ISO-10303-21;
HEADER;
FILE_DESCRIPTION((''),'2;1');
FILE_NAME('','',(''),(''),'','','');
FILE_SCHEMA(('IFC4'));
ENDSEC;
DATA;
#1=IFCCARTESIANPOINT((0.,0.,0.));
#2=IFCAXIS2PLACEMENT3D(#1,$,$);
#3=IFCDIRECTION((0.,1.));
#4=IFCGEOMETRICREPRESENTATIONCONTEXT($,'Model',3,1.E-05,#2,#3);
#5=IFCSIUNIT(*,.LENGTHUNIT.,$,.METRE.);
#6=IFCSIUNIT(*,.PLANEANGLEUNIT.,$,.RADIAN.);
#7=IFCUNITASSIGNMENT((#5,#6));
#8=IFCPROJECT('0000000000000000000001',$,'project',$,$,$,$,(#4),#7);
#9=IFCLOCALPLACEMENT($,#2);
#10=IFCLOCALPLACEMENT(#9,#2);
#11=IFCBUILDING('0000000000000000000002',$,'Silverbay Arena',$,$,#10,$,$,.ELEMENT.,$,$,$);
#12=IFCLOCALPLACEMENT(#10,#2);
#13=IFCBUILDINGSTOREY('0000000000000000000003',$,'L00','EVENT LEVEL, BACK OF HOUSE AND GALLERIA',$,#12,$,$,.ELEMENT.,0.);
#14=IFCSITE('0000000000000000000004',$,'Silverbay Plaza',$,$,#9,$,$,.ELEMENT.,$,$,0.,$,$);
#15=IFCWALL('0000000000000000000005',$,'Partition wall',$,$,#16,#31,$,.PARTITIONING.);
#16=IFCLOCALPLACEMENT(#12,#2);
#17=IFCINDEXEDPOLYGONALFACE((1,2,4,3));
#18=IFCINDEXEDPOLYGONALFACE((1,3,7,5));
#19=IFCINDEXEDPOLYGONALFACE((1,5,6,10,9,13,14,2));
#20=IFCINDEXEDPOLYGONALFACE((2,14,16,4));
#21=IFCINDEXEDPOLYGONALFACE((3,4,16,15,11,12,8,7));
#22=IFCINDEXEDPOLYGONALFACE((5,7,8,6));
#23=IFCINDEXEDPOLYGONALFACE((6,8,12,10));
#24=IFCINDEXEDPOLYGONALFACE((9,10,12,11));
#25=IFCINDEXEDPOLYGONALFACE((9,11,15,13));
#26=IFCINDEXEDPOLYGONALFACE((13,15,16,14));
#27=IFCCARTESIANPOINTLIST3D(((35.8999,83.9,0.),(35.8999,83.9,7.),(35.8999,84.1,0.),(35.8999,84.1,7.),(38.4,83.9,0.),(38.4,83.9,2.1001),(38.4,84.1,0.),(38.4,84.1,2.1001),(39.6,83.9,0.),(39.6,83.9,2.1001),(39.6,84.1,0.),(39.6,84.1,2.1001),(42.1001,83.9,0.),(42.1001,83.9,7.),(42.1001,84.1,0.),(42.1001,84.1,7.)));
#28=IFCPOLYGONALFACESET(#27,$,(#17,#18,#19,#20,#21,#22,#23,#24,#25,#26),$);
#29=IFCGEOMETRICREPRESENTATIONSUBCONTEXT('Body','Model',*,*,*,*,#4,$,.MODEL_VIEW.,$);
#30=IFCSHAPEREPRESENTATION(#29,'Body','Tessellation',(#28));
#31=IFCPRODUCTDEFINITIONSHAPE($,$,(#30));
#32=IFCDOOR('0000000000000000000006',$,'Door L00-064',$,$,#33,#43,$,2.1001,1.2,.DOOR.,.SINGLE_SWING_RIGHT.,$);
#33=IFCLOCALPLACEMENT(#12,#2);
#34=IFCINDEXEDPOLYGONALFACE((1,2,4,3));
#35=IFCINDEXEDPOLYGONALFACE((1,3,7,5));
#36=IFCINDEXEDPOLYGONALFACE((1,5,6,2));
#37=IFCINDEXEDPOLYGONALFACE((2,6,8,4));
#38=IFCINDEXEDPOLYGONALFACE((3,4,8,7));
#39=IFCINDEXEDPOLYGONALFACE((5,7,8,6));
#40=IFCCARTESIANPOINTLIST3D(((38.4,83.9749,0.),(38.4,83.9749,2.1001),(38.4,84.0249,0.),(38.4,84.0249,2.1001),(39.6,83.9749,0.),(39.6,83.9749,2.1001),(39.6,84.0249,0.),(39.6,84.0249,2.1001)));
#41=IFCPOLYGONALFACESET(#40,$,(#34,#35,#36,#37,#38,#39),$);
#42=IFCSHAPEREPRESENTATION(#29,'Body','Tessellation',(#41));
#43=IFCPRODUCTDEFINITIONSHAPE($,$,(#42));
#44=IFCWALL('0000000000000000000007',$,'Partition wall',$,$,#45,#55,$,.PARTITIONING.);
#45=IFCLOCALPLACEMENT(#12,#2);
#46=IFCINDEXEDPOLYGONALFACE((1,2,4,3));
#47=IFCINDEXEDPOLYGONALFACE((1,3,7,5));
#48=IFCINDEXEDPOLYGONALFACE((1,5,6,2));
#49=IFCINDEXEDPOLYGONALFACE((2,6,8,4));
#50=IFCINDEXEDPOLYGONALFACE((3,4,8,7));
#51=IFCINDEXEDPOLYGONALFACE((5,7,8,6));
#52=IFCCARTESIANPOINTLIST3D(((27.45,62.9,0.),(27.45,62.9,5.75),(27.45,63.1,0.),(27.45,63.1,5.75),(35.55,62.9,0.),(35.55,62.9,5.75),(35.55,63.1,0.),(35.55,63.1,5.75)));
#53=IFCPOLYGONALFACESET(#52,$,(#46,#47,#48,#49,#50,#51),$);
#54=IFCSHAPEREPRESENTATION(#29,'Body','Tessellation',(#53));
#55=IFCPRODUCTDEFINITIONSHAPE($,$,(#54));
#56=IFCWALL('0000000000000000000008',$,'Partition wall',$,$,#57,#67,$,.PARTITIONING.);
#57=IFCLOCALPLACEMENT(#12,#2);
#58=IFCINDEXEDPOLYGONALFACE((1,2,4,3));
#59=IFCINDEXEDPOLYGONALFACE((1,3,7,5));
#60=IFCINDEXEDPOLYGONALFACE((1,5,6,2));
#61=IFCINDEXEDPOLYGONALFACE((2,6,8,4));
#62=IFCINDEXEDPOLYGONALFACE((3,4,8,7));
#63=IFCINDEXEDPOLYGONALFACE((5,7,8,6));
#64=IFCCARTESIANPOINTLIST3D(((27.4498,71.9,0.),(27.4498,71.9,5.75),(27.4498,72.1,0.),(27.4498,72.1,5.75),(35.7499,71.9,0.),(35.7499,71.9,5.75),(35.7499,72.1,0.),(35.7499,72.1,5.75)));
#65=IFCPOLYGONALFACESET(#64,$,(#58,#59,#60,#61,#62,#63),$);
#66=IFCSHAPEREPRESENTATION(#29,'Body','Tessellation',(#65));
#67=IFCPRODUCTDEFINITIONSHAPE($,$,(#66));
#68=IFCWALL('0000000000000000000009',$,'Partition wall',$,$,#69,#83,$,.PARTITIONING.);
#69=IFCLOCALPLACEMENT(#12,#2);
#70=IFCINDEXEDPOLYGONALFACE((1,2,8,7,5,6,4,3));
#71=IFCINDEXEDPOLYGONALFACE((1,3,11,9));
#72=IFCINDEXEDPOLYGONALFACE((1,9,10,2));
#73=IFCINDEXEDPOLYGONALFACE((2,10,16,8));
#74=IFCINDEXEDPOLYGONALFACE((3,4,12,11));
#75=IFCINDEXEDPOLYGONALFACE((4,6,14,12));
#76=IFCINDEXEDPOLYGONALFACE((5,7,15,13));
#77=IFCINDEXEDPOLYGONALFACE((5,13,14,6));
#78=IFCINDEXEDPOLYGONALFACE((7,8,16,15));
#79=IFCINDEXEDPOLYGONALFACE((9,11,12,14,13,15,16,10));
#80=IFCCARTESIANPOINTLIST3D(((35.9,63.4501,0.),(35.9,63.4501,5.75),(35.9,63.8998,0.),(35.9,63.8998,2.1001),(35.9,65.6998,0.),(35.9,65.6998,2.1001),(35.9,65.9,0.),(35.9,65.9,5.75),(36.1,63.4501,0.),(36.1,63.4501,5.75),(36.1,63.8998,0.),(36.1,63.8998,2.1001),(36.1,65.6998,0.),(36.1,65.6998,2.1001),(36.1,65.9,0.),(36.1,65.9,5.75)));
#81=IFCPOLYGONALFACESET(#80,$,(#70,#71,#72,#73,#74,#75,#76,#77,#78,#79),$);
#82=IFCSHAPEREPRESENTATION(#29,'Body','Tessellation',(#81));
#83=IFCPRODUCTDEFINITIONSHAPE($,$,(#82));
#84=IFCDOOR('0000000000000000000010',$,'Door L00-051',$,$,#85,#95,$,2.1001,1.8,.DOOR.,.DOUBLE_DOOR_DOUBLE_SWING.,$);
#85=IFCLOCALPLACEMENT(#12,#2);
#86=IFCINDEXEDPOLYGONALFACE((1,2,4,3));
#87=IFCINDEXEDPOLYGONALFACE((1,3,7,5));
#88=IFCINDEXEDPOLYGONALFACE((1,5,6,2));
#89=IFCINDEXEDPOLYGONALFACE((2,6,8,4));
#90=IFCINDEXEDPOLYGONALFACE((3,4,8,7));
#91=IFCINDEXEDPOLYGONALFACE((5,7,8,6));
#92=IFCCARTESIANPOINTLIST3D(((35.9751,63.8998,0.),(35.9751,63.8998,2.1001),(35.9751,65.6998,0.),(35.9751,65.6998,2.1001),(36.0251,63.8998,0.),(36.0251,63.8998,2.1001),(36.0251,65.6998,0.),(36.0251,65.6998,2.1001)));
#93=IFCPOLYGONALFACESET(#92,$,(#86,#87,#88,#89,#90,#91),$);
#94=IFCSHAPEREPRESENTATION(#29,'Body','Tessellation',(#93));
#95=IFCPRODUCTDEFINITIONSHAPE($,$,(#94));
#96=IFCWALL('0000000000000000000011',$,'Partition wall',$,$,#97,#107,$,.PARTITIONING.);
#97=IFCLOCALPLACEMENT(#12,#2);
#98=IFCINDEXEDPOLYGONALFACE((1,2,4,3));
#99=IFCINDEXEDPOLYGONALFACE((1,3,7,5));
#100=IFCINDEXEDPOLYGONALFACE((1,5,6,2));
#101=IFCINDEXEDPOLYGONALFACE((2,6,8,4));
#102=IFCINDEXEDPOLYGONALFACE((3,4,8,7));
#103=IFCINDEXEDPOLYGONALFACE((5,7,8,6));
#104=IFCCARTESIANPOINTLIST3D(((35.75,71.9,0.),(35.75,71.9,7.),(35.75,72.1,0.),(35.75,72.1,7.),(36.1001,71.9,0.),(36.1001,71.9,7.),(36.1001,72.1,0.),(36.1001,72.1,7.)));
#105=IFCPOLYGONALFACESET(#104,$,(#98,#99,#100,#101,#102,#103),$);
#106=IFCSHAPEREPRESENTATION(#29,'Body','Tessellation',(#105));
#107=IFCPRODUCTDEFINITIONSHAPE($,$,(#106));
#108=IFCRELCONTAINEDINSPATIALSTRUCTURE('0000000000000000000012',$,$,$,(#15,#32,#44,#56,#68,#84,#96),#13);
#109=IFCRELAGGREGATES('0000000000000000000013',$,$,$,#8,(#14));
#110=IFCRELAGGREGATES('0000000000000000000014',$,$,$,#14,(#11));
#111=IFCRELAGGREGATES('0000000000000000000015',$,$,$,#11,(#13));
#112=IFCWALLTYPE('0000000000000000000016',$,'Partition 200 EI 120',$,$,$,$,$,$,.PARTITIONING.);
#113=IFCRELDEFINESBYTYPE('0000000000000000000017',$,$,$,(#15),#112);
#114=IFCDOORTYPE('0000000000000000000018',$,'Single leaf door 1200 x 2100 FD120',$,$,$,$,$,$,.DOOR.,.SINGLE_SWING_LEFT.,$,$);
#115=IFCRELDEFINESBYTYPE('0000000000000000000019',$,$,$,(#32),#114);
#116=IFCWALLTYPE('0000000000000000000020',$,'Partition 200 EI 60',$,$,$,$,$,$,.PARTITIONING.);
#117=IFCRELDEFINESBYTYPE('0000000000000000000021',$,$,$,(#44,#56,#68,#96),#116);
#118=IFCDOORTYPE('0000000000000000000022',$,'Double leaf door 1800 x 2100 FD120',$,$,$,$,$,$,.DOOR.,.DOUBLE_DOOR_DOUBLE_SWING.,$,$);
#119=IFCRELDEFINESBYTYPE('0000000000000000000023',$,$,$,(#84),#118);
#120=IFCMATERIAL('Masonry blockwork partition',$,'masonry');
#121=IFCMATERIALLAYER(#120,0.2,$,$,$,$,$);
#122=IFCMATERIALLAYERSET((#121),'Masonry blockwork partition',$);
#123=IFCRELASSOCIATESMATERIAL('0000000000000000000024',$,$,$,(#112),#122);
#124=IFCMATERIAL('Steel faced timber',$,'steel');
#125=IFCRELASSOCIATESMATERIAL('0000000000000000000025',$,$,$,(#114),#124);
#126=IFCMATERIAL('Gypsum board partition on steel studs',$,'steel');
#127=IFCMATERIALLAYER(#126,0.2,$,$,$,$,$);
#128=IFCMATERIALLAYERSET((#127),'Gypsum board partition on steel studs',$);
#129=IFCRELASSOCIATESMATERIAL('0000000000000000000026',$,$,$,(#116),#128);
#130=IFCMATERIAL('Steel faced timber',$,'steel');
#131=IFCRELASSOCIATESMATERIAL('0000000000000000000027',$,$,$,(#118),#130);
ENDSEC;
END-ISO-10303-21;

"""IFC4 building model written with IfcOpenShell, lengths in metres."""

from ifc_helpers import new_model, si_unit, direction, frame, frame_2d, origin, place, context, subcontext, project, spatial, rectangle, extrude, material, layer, layer_set, type_object, element, fill, save


model = new_model("IFC4")

# Units and contexts
model_context = context("Model", 3, precision=1e-05, world=origin(), true_north=direction((0.0, 1.0)))
body_context = subcontext(model_context, "Body", "Model", "MODEL_VIEW")
ifc_project = project(units=[si_unit("LENGTHUNIT", "METRE"), si_unit("PLANEANGLEUNIT", "RADIAN")], contexts=[model_context])

# Site, building, storey
site_placement = place(None, origin())
site = spatial("IfcSite", under=ifc_project, at=site_placement, Name="Silverbay Plaza", CompositionType="ELEMENT", RefElevation=0.0)
building_placement = place(site_placement, origin())
building = spatial("IfcBuilding", under=site, at=building_placement, Name="Silverbay Arena", CompositionType="ELEMENT")
storey_placement = place(building_placement, origin())
storey = spatial("IfcBuildingStorey", under=building, at=storey_placement, Name="L00", Description="EVENT LEVEL, BACK OF HOUSE AND GALLERIA", CompositionType="ELEMENT", Elevation=0.0)

# Wall, opening, door
ifc_material_1 = material(Name="Masonry blockwork partition", Category="masonry")
ifc_layer_1 = layer(ifc_material_1, 0.2)
ifc_layer_set_1 = layer_set([ifc_layer_1], Name="Masonry blockwork partition")
wall_type_1 = type_object("IfcWallType", Name="Partition 200 EI 120", PredefinedType="PARTITIONING", material=ifc_layer_set_1)
ifc_material_2 = material(Name="Steel faced timber", Category="steel")
door_type_1 = type_object("IfcDoorType", Name="Single leaf door 1200 x 2100 FD120", OperationType="SINGLE_SWING_LEFT", PredefinedType="DOOR", material=ifc_material_2)
wall_1_placement = place(storey_placement, frame((35.8999, 84.0, 0.0), z_axis=(0.0, 0.0, 1.0), x_axis=(1.0, 0.0, 0.0)))
wall_1 = element("IfcWall", 1, at=wall_1_placement, inside=storey, type_object=wall_type_1, Name="Partition wall", PredefinedType="PARTITIONING", context=body_context, shape_type="SweptSolid", body=[
    extrude(rectangle(XDim=6.2002, YDim=0.2, at=frame_2d((3.1001, 0.0))), origin(), (0.0, 0.0, 1.0), 7.0),
])
opening_1_placement = place(wall_1_placement, frame((2.5, 0.0, 0.0)))
opening_1 = element("IfcOpeningElement", 2, at=opening_1_placement, cuts=wall_1, PredefinedType="OPENING", context=body_context, shape_type="SweptSolid", body=[
    extrude(rectangle(XDim=1.2, YDim=2.1001, at=frame_2d((0.6001, 1.05))), frame((0.0, 0.1099, 0.0), z_axis=(0.0, -1.0, 0.0), x_axis=(1.0, 0.0, 0.0)), (0.0, 0.0, 1.0), 0.22),
])
door_1_placement = place(opening_1_placement, origin())
door_1 = element("IfcDoor", 3, at=door_1_placement, inside=storey, type_object=door_type_1, Name="Door L00-064", OperationType="SINGLE_SWING_RIGHT", OverallHeight=2.1001, OverallWidth=1.2, PredefinedType="DOOR", context=body_context, shape_type="SweptSolid", body=[
    extrude(rectangle(XDim=1.2, YDim=2.1001, at=frame_2d((0.6001, 1.05))), frame((0.0, 0.0249, 0.0), z_axis=(0.0, -1.0, 0.0), x_axis=(1.0, 0.0, 0.0)), (0.0, 0.0, 1.0), 0.05),
])
fill(opening_1, door_1)

# Walls
ifc_material_3 = material(Name="Gypsum board partition on steel studs", Category="steel")
ifc_layer_2 = layer(ifc_material_3, 0.2)
ifc_layer_set_2 = layer_set([ifc_layer_2], Name="Gypsum board partition on steel studs")
wall_type_2 = type_object("IfcWallType", Name="Partition 200 EI 60", PredefinedType="PARTITIONING", material=ifc_layer_set_2)
wall_2_placement = place(storey_placement, frame((27.45, 63.0, 0.0), z_axis=(0.0, 0.0, 1.0), x_axis=(1.0, 0.0, 0.0)))
element("IfcWall", 4, at=wall_2_placement, inside=storey, type_object=wall_type_2, Name="Partition wall", PredefinedType="PARTITIONING", context=body_context, shape_type="SweptSolid", body=[
    extrude(rectangle(XDim=8.1001, YDim=0.2, at=frame_2d((4.05, 0.0))), origin(), (0.0, 0.0, 1.0), 5.75),
])
wall_3_placement = place(storey_placement, frame((27.45, 72.0, 0.0), z_axis=(0.0, 0.0, 1.0), x_axis=(1.0, 0.0, 0.0)))
element("IfcWall", 5, at=wall_3_placement, inside=storey, type_object=wall_type_2, Name="Partition wall", PredefinedType="PARTITIONING", context=body_context, shape_type="SweptSolid", body=[
    extrude(rectangle(XDim=8.3, YDim=0.2, at=frame_2d((4.1499, 0.0))), origin(), (0.0, 0.0, 1.0), 5.75),
])

# Wall, opening, door
wall_4_placement = place(storey_placement, frame((36.0, 63.45, 0.0), z_axis=(0.0, 0.0, 1.0), x_axis=(0.0, 1.0, 0.0)))
wall_4 = element("IfcWall", 6, at=wall_4_placement, inside=storey, type_object=wall_type_2, Name="Partition wall", PredefinedType="PARTITIONING", context=body_context, shape_type="SweptSolid", body=[
    extrude(rectangle(XDim=2.45, YDim=0.2, at=frame_2d((1.2251, 0.0))), origin(), (0.0, 0.0, 1.0), 5.75),
])
opening_2_placement = place(wall_4_placement, frame((0.45, 0.0, 0.0)))
opening_2 = element("IfcOpeningElement", 7, at=opening_2_placement, cuts=wall_4, PredefinedType="OPENING", context=body_context, shape_type="SweptSolid", body=[
    extrude(rectangle(XDim=1.8, YDim=2.1001, at=frame_2d((0.8999, 1.05))), frame((0.0, 0.1099, 0.0), z_axis=(0.0, -1.0, 0.0), x_axis=(1.0, 0.0, 0.0)), (0.0, 0.0, 1.0), 0.22),
])
ifc_material_4 = material(Name="Steel faced timber", Category="steel")
door_type_2 = type_object("IfcDoorType", Name="Double leaf door 1800 x 2100 FD120", OperationType="DOUBLE_DOOR_DOUBLE_SWING", PredefinedType="DOOR", material=ifc_material_4)
door_2_placement = place(opening_2_placement, origin())
door_2 = element("IfcDoor", 8, at=door_2_placement, inside=storey, type_object=door_type_2, Name="Door L00-051", OperationType="DOUBLE_DOOR_DOUBLE_SWING", OverallHeight=2.1001, OverallWidth=1.8, PredefinedType="DOOR", context=body_context, shape_type="SweptSolid", body=[
    extrude(rectangle(XDim=1.8, YDim=2.1001, at=frame_2d((0.8999, 1.05))), frame((0.0, 0.0249, 0.0), z_axis=(0.0, -1.0, 0.0), x_axis=(1.0, 0.0, 0.0)), (0.0, 0.0, 1.0), 0.05),
])
fill(opening_2, door_2)

# Wall
wall_5_placement = place(storey_placement, frame((35.75, 72.0, 0.0), z_axis=(0.0, 0.0, 1.0), x_axis=(1.0, 0.0, 0.0)))
element("IfcWall", 9, at=wall_5_placement, inside=storey, type_object=wall_type_2, Name="Partition wall", PredefinedType="PARTITIONING", context=body_context, shape_type="SweptSolid", body=[
    extrude(rectangle(XDim=0.3501, YDim=0.2, at=frame_2d((0.175, 0.0))), origin(), (0.0, 0.0, 1.0), 7.0),
])

save(model, "model.ifc")
